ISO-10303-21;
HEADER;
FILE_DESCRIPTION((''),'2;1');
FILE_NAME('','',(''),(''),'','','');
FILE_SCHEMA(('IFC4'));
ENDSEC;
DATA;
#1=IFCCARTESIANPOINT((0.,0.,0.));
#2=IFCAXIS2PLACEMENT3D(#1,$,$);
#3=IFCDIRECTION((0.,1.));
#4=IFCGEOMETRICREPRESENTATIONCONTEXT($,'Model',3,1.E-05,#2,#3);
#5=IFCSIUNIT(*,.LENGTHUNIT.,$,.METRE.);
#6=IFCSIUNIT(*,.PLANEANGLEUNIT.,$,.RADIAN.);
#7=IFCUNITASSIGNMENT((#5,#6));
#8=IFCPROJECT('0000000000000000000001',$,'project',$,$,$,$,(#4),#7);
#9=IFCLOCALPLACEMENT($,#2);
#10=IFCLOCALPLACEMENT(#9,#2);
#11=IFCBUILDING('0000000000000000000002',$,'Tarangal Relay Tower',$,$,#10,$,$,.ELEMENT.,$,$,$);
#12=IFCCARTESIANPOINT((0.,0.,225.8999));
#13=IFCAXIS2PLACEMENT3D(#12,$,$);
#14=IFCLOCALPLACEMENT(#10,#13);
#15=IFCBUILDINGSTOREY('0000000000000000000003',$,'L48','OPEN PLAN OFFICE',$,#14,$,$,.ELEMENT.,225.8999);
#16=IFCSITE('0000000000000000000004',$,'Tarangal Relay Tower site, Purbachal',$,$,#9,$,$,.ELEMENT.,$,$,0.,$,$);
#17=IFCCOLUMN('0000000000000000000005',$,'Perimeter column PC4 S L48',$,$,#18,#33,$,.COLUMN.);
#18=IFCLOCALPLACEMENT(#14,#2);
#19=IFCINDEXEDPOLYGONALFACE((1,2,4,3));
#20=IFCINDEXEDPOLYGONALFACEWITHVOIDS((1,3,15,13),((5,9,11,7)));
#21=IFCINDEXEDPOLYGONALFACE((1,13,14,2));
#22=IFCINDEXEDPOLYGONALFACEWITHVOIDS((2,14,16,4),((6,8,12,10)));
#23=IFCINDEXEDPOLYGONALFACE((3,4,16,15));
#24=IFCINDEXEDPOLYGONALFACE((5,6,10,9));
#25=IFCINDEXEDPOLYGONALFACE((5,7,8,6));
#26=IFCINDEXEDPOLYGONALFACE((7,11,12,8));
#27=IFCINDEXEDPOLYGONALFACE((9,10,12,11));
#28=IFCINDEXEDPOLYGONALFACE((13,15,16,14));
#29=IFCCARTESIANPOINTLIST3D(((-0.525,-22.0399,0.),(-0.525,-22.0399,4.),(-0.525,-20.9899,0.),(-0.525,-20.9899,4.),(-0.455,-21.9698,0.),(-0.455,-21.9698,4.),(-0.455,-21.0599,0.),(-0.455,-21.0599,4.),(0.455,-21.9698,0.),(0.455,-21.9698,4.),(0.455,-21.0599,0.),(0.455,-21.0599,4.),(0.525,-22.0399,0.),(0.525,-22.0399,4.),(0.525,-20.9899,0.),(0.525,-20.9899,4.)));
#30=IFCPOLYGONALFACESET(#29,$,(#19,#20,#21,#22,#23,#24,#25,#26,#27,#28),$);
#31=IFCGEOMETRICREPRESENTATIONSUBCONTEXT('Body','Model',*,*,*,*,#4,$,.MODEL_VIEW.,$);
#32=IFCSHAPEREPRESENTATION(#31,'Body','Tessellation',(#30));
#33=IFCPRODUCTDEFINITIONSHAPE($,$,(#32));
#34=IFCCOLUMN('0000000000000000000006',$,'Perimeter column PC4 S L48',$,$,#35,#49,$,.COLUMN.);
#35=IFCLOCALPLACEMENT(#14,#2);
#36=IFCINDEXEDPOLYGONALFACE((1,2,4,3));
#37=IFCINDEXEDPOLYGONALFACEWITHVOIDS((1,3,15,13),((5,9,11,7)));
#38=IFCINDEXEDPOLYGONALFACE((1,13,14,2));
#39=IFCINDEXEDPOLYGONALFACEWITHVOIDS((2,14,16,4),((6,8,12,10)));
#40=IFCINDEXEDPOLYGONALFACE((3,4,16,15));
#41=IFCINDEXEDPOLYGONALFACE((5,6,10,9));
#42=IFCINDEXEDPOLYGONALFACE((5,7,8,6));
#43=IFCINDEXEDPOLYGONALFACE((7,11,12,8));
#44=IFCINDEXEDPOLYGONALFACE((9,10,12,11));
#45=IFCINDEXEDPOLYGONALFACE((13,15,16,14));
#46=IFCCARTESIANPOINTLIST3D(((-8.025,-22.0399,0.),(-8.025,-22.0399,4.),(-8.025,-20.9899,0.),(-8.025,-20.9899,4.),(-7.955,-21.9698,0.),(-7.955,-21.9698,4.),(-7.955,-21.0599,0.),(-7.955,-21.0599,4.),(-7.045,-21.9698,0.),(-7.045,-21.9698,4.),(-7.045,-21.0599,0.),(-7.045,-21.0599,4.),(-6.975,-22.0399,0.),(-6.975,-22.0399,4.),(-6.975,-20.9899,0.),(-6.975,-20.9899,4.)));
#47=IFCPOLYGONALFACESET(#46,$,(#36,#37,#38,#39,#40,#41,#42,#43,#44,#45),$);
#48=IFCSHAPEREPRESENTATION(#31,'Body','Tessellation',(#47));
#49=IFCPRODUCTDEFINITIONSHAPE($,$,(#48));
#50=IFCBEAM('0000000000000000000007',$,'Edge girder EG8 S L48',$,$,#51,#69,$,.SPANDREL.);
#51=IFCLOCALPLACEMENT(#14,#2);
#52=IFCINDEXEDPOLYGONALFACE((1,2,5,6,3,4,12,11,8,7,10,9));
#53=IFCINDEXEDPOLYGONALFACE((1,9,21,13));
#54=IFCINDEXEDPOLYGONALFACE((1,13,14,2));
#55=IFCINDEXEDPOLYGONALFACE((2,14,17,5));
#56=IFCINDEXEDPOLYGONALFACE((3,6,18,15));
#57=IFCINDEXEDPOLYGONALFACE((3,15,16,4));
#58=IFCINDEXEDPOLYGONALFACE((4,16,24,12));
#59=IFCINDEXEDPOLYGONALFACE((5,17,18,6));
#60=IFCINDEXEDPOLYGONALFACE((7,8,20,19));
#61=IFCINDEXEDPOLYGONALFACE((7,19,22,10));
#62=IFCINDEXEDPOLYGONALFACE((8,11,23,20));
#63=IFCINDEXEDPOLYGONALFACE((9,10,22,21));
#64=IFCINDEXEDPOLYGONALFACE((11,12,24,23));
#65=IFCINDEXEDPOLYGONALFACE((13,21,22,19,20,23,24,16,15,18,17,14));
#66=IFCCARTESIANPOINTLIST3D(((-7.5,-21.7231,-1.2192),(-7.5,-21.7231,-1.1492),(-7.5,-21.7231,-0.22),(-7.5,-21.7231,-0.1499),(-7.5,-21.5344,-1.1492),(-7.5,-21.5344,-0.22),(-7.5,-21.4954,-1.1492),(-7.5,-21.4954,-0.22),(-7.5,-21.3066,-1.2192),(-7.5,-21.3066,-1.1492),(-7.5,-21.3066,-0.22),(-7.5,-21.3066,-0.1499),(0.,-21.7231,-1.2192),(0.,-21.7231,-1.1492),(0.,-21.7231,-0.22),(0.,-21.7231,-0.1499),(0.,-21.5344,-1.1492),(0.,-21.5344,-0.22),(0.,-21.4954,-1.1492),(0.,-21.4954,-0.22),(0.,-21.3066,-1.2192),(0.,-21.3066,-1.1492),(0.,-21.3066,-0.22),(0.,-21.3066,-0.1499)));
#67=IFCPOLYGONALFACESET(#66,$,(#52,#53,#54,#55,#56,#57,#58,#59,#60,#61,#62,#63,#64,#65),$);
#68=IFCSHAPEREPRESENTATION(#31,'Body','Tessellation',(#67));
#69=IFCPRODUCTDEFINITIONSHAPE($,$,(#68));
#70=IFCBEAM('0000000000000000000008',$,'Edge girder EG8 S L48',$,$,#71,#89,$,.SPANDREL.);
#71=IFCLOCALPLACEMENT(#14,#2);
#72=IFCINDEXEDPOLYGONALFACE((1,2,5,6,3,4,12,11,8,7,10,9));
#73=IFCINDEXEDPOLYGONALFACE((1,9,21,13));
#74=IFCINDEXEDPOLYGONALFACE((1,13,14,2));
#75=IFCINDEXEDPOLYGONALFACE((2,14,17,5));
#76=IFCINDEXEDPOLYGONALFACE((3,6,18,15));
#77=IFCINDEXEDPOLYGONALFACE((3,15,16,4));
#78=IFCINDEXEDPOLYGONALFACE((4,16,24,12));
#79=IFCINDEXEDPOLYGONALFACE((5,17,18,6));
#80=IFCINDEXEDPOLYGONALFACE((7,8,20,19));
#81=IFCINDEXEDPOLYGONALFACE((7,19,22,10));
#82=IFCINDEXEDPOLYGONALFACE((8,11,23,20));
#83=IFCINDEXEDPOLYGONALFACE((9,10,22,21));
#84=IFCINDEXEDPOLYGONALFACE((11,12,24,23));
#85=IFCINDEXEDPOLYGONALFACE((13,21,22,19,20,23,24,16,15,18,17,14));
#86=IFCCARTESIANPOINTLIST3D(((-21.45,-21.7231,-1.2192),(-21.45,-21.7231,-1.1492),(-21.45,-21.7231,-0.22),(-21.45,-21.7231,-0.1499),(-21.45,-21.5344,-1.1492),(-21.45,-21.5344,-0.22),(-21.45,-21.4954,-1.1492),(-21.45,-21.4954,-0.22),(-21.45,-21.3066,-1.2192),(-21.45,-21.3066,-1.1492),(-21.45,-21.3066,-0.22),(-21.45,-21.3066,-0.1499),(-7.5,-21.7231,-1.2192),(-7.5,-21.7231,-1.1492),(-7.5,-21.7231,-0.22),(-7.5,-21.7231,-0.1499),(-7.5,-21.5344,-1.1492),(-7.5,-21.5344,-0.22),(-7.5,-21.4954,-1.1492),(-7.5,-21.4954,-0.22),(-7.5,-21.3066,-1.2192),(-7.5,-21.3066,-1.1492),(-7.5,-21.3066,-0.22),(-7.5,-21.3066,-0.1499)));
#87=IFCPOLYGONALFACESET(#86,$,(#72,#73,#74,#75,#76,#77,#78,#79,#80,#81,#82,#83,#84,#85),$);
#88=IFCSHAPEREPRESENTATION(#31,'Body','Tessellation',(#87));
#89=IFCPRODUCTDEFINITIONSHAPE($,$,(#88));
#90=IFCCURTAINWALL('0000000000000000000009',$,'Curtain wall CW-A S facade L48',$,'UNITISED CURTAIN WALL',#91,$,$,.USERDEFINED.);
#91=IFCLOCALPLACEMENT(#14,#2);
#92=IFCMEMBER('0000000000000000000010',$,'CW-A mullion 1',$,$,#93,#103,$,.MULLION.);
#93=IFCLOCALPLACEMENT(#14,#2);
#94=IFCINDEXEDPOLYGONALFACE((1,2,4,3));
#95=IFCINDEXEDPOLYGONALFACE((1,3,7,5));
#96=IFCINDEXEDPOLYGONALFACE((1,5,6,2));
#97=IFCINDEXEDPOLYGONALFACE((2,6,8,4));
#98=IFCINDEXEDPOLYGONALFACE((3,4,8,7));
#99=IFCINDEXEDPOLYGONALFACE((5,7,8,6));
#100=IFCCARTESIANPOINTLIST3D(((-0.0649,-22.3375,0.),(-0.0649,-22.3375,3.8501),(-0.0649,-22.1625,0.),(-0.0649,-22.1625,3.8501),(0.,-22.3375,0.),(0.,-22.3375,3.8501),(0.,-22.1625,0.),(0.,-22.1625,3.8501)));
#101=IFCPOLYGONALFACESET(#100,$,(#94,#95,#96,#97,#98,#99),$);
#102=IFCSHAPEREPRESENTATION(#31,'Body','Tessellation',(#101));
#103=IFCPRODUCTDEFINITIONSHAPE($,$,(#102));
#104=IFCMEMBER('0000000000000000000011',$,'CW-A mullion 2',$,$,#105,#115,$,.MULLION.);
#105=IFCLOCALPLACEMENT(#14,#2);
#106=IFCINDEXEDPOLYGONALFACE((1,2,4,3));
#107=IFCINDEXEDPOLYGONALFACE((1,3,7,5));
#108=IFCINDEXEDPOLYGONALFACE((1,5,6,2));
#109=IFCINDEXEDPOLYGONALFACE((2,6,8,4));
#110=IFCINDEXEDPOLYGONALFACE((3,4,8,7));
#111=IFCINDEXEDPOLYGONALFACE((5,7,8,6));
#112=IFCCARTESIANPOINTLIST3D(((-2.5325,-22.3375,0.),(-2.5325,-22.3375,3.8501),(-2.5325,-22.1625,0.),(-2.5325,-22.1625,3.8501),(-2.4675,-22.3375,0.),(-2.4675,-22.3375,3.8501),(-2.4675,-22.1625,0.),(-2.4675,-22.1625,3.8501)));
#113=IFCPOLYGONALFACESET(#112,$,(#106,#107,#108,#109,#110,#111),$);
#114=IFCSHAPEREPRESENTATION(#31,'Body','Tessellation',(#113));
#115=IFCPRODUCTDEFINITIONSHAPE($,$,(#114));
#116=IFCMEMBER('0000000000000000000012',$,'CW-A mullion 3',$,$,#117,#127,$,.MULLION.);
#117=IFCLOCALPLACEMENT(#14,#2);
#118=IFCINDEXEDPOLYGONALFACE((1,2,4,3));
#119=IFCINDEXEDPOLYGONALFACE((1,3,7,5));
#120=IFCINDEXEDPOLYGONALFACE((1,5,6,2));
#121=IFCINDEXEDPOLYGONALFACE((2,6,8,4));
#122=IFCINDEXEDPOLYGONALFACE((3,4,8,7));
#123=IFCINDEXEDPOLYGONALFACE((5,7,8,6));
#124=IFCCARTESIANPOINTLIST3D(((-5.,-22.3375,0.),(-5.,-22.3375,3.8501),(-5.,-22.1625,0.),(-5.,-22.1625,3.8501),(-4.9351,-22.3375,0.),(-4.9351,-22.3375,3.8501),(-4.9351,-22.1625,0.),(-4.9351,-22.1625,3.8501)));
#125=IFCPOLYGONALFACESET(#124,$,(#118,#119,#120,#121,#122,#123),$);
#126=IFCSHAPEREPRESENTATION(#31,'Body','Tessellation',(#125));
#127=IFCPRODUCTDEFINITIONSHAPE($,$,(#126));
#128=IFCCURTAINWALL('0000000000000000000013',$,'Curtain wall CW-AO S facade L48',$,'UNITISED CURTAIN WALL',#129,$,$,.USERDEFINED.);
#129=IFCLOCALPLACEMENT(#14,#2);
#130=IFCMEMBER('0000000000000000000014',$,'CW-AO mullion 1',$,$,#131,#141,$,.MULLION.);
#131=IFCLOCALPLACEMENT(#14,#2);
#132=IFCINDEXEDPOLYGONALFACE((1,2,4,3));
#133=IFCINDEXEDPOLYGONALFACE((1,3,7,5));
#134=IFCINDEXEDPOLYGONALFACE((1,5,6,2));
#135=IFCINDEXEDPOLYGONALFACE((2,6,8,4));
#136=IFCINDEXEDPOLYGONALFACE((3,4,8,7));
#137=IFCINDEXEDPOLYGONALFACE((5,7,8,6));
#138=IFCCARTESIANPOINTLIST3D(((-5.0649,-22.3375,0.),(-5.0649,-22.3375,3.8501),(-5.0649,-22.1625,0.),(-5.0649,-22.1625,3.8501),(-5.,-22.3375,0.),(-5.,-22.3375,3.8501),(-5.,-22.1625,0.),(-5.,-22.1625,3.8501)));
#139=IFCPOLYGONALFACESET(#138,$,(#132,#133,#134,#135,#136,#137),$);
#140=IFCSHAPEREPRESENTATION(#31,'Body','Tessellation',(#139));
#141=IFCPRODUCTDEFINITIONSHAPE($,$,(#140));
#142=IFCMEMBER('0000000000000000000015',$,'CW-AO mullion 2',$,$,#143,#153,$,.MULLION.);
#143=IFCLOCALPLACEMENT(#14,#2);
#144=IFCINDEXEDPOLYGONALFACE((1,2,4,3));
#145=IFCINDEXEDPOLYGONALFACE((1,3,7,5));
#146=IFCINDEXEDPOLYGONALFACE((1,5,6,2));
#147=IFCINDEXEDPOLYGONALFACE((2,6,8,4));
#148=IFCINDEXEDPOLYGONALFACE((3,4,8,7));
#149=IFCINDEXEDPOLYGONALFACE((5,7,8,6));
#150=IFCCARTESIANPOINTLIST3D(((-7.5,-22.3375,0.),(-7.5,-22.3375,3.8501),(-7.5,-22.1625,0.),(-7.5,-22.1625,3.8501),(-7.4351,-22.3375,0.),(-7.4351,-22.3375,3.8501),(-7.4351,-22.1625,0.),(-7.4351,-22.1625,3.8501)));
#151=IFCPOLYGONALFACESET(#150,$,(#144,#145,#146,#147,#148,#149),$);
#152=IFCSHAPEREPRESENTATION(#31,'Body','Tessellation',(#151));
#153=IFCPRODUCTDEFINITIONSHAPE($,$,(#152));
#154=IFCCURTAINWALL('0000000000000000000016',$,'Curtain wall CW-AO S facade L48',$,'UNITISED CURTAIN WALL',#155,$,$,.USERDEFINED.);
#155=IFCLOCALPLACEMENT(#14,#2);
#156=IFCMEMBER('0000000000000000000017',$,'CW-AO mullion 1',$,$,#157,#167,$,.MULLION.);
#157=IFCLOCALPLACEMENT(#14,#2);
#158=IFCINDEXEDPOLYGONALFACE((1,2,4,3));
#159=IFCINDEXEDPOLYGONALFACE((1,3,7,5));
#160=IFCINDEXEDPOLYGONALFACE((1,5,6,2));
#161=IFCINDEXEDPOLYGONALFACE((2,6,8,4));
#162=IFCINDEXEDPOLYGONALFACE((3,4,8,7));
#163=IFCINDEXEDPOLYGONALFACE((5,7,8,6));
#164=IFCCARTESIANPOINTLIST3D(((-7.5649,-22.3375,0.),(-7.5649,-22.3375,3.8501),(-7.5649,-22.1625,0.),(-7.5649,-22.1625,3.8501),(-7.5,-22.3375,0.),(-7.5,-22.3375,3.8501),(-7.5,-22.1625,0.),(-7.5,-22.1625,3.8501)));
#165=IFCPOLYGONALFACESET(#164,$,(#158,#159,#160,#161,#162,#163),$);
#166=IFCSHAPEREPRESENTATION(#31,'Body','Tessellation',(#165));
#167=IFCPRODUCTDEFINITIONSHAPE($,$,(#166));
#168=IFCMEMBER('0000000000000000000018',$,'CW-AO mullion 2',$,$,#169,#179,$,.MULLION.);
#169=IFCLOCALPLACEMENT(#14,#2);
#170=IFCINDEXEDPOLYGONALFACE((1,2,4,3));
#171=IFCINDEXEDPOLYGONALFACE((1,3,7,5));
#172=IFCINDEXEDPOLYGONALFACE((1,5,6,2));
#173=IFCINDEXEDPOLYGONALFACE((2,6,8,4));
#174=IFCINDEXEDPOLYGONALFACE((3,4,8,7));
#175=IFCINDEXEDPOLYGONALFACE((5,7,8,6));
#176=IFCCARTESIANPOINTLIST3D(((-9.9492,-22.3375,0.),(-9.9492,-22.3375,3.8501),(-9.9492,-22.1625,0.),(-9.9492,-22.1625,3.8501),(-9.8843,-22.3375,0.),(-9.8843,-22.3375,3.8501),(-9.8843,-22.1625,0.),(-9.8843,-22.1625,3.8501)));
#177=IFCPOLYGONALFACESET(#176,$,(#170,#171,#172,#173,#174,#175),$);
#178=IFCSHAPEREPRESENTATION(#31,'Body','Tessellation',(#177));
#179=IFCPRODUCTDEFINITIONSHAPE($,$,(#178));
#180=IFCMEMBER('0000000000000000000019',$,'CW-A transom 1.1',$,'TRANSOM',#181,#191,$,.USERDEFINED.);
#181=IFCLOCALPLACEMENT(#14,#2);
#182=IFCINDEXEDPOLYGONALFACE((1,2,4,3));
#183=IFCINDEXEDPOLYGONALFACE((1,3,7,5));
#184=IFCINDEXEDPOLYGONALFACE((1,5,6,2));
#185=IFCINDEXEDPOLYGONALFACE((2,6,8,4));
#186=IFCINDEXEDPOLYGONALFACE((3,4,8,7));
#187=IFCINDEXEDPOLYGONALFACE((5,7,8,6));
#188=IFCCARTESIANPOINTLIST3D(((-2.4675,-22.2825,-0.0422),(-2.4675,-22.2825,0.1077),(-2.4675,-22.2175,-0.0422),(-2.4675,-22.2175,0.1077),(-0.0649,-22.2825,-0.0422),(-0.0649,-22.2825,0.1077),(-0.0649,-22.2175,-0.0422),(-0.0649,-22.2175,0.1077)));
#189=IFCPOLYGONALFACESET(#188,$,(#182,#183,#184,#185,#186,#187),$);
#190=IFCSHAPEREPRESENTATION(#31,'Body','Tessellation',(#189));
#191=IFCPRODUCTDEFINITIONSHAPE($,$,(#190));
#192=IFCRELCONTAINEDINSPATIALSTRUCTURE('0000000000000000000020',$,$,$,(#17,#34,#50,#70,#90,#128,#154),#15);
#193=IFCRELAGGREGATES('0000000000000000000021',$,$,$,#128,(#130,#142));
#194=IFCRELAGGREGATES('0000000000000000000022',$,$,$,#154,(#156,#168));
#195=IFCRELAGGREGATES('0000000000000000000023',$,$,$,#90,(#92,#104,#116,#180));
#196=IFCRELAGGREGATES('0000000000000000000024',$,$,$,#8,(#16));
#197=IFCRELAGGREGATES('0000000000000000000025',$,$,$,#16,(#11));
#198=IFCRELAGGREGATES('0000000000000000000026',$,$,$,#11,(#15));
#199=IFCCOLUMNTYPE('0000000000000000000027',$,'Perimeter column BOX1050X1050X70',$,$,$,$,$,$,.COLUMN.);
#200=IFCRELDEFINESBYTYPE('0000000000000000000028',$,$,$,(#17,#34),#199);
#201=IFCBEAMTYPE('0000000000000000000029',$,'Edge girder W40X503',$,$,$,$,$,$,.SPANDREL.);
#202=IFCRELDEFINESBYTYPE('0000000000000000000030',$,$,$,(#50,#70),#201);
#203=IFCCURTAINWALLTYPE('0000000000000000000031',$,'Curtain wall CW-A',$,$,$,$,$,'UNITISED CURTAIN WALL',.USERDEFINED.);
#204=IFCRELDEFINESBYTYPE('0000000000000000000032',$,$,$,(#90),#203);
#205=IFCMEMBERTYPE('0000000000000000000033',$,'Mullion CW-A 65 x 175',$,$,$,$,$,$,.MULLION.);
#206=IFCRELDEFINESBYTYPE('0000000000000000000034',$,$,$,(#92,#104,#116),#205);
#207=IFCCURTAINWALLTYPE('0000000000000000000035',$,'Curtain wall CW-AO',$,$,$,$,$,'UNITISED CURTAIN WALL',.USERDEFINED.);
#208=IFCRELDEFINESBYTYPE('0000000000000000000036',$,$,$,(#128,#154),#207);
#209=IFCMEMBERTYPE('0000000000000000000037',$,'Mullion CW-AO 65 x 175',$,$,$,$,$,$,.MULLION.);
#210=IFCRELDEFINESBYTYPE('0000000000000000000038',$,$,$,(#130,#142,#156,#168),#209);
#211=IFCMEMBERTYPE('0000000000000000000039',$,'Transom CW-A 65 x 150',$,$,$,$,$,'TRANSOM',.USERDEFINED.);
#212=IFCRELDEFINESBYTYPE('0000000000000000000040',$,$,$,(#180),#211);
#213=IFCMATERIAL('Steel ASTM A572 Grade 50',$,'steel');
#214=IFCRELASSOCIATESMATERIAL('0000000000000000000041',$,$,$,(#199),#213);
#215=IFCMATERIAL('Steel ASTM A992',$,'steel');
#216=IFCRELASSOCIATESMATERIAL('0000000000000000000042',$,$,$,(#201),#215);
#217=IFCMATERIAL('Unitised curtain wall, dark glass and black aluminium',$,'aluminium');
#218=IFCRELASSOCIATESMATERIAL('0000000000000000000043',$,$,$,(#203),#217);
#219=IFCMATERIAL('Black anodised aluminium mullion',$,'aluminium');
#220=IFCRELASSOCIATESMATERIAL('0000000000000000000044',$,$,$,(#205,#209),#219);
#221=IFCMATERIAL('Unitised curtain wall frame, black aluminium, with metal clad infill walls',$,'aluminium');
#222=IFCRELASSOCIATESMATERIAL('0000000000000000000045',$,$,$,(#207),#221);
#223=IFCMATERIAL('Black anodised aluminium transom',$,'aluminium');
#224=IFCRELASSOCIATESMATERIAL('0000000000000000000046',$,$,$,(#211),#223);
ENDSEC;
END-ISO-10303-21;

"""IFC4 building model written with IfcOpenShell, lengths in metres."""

from ifc_helpers import new_model, si_unit, direction, frame, origin, origin_2d, place, context, subcontext, project, spatial, rectangle, hollow_rectangle, i_section, extrude, material, material_profile, profile_set, type_object, element, aggregate, save


model = new_model("IFC4")

# Units and contexts
model_context = context("Model", 3, precision=1e-05, world=origin(), true_north=direction((0.0, 1.0)))
body_context = subcontext(model_context, "Body", "Model", "MODEL_VIEW")
ifc_project = project(units=[si_unit("LENGTHUNIT", "METRE"), si_unit("PLANEANGLEUNIT", "RADIAN")], contexts=[model_context])

# Site, building, storey
site_placement = place(None, origin())
site = spatial("IfcSite", under=ifc_project, at=site_placement, Name="Tarangal Relay Tower site, Purbachal", CompositionType="ELEMENT", RefElevation=0.0)
building_placement = place(site_placement, origin())
building = spatial("IfcBuilding", under=site, at=building_placement, Name="Tarangal Relay Tower", CompositionType="ELEMENT")
storey_placement = place(building_placement, frame((0.0, 0.0, 225.8999)))
storey = spatial("IfcBuildingStorey", under=building, at=storey_placement, Name="L48", Description="OPEN PLAN OFFICE", CompositionType="ELEMENT", Elevation=225.8999)

# Columns
ifc_material_1 = material(Name="Steel ASTM A572 Grade 50", Category="steel")
ifc_material_profile_1 = material_profile(ifc_material_1, hollow_rectangle(XDim=1.05, YDim=1.05, WallThickness=0.0701, at=origin_2d()), Name="BOX1050X1050X70")
ifc_profile_set_1 = profile_set([ifc_material_profile_1], Name="Steel ASTM A572 Grade 50")
column_type = type_object("IfcColumnType", Name="Perimeter column BOX1050X1050X70", PredefinedType="COLUMN", material=ifc_profile_set_1)
for number, where, z_axis, x_axis, name in (
    (1, (0.0, -21.5149, 0.0), (0.0, 0.0, 1.0), (1.0, 0.0, 0.0), "Perimeter column PC4 S L48"),
    (2, (-7.5, -21.5149, 0.0), (0.0, 0.0, 1.0), (1.0, 0.0, 0.0), "Perimeter column PC4 S L48"),
):
    element("IfcColumn", number, at=place(storey_placement, frame(where, z_axis=z_axis, x_axis=x_axis)), inside=storey, type_object=column_type, Name=name, PredefinedType="COLUMN", context=body_context, shape_type="SweptSolid", body=[
        extrude(hollow_rectangle(XDim=1.05, YDim=1.05, WallThickness=0.0701, at=origin_2d()), origin(), (0.0, 0.0, 1.0), 4.0),
    ])

# Beams
ifc_material_2 = material(Name="Steel ASTM A992", Category="steel")
ifc_material_profile_2 = material_profile(ifc_material_2, i_section(OverallWidth=0.4165, OverallDepth=1.0693, WebThickness=0.0391, FlangeThickness=0.0701, at=origin_2d()), Name="W40X503")
ifc_profile_set_2 = profile_set([ifc_material_profile_2], Name="Steel ASTM A992")
beam_type = type_object("IfcBeamType", Name="Edge girder W40X503", PredefinedType="SPANDREL", material=ifc_profile_set_2)
beam_1_placement = place(storey_placement, frame((0.0, -21.5149, -0.6846), z_axis=(-1.0, 0.0, 0.0), x_axis=(0.0, -1.0, 0.0)))
element("IfcBeam", 3, at=beam_1_placement, inside=storey, type_object=beam_type, Name="Edge girder EG8 S L48", PredefinedType="SPANDREL", context=body_context, shape_type="SweptSolid", body=[
    extrude(i_section(OverallWidth=0.4165, OverallDepth=1.0693, WebThickness=0.0391, FlangeThickness=0.0701, at=origin_2d()), origin(), (0.0, 0.0, 1.0), 7.5),
])
beam_2_placement = place(storey_placement, frame((-7.5, -21.5149, -0.6846), z_axis=(-1.0, 0.0, 0.0), x_axis=(0.0, -1.0, 0.0)))
element("IfcBeam", 4, at=beam_2_placement, inside=storey, type_object=beam_type, Name="Edge girder EG8 S L48", PredefinedType="SPANDREL", context=body_context, shape_type="SweptSolid", body=[
    extrude(i_section(OverallWidth=0.4165, OverallDepth=1.0693, WebThickness=0.0391, FlangeThickness=0.0701, at=origin_2d()), origin(), (0.0, 0.0, 1.0), 13.95),
])

# Curtain walls, members
ifc_material_3 = material(Name="Unitised curtain wall, dark glass and black aluminium", Category="aluminium")
curtain_wall_type_1 = type_object("IfcCurtainWallType", Name="Curtain wall CW-A", ElementType="UNITISED CURTAIN WALL", PredefinedType="USERDEFINED", material=ifc_material_3)
curtain_wall_1_placement = place(storey_placement, origin())
curtain_wall_1 = element("IfcCurtainWall", 5, at=curtain_wall_1_placement, inside=storey, type_object=curtain_wall_type_1, Name="Curtain wall CW-A S facade L48", ObjectType="UNITISED CURTAIN WALL", PredefinedType="USERDEFINED")
ifc_material_4 = material(Name="Black anodised aluminium mullion", Category="aluminium")
ifc_material_profile_3 = material_profile(ifc_material_4, rectangle(XDim=0.175, YDim=0.0649, at=origin_2d()), Name="CW-AM 65X175")
ifc_profile_set_3 = profile_set([ifc_material_profile_3], Name="Black anodised aluminium mullion")
member_type_1 = type_object("IfcMemberType", Name="Mullion CW-A 65 x 175", PredefinedType="MULLION", material=ifc_profile_set_3)
member_1_placement = place(storey_placement, frame((-0.0325, -22.25, 0.0), z_axis=(0.0, 0.0, 1.0), x_axis=(0.0, -1.0, 0.0)))
member_1 = element("IfcMember", 6, at=member_1_placement, type_object=member_type_1, Name="CW-A mullion 1", PredefinedType="MULLION", context=body_context, shape_type="SweptSolid", body=[
    extrude(rectangle(XDim=0.175, YDim=0.0649, at=origin_2d()), origin(), (0.0, 0.0, 1.0), 3.8501),
])
member_2_placement = place(storey_placement, frame((-2.5, -22.25, 0.0), z_axis=(0.0, 0.0, 1.0), x_axis=(0.0, -1.0, 0.0)))
member_2 = element("IfcMember", 7, at=member_2_placement, type_object=member_type_1, Name="CW-A mullion 2", PredefinedType="MULLION", context=body_context, shape_type="SweptSolid", body=[
    extrude(rectangle(XDim=0.175, YDim=0.0649, at=origin_2d()), origin(), (0.0, 0.0, 1.0), 3.8501),
])
member_3_placement = place(storey_placement, frame((-4.9675, -22.25, 0.0), z_axis=(0.0, 0.0, 1.0), x_axis=(0.0, -1.0, 0.0)))
member_3 = element("IfcMember", 8, at=member_3_placement, type_object=member_type_1, Name="CW-A mullion 3", PredefinedType="MULLION", context=body_context, shape_type="SweptSolid", body=[
    extrude(rectangle(XDim=0.175, YDim=0.0649, at=origin_2d()), origin(), (0.0, 0.0, 1.0), 3.8501),
])
ifc_material_5 = material(Name="Unitised curtain wall frame, black aluminium, with metal clad infill walls", Category="aluminium")
curtain_wall_type_2 = type_object("IfcCurtainWallType", Name="Curtain wall CW-AO", ElementType="UNITISED CURTAIN WALL", PredefinedType="USERDEFINED", material=ifc_material_5)
curtain_wall_2_placement = place(storey_placement, origin())
curtain_wall_2 = element("IfcCurtainWall", 9, at=curtain_wall_2_placement, inside=storey, type_object=curtain_wall_type_2, Name="Curtain wall CW-AO S facade L48", ObjectType="UNITISED CURTAIN WALL", PredefinedType="USERDEFINED")
ifc_material_profile_4 = material_profile(ifc_material_4, rectangle(XDim=0.175, YDim=0.0649, at=origin_2d()), Name="CW-AOM 65X175")
ifc_profile_set_4 = profile_set([ifc_material_profile_4], Name="Black anodised aluminium mullion")
member_type_2 = type_object("IfcMemberType", Name="Mullion CW-AO 65 x 175", PredefinedType="MULLION", material=ifc_profile_set_4)
member_4_placement = place(storey_placement, frame((-5.0325, -22.25, 0.0), z_axis=(0.0, 0.0, 1.0), x_axis=(0.0, -1.0, 0.0)))
member_4 = element("IfcMember", 10, at=member_4_placement, type_object=member_type_2, Name="CW-AO mullion 1", PredefinedType="MULLION", context=body_context, shape_type="SweptSolid", body=[
    extrude(rectangle(XDim=0.175, YDim=0.0649, at=origin_2d()), origin(), (0.0, 0.0, 1.0), 3.8501),
])
member_5_placement = place(storey_placement, frame((-7.4675, -22.25, 0.0), z_axis=(0.0, 0.0, 1.0), x_axis=(0.0, -1.0, 0.0)))
member_5 = element("IfcMember", 11, at=member_5_placement, type_object=member_type_2, Name="CW-AO mullion 2", PredefinedType="MULLION", context=body_context, shape_type="SweptSolid", body=[
    extrude(rectangle(XDim=0.175, YDim=0.0649, at=origin_2d()), origin(), (0.0, 0.0, 1.0), 3.8501),
])
curtain_wall_3_placement = place(storey_placement, origin())
curtain_wall_3 = element("IfcCurtainWall", 12, at=curtain_wall_3_placement, inside=storey, type_object=curtain_wall_type_2, Name="Curtain wall CW-AO S facade L48", ObjectType="UNITISED CURTAIN WALL", PredefinedType="USERDEFINED")
member_6_placement = place(storey_placement, frame((-7.5325, -22.25, 0.0), z_axis=(0.0, 0.0, 1.0), x_axis=(0.0, -1.0, 0.0)))
member_6 = element("IfcMember", 13, at=member_6_placement, type_object=member_type_2, Name="CW-AO mullion 1", PredefinedType="MULLION", context=body_context, shape_type="SweptSolid", body=[
    extrude(rectangle(XDim=0.175, YDim=0.0649, at=origin_2d()), origin(), (0.0, 0.0, 1.0), 3.8501),
])
member_7_placement = place(storey_placement, frame((-9.9167, -22.25, 0.0), z_axis=(0.0, 0.0, 1.0), x_axis=(0.0, -1.0, 0.0)))
member_7 = element("IfcMember", 14, at=member_7_placement, type_object=member_type_2, Name="CW-AO mullion 2", PredefinedType="MULLION", context=body_context, shape_type="SweptSolid", body=[
    extrude(rectangle(XDim=0.175, YDim=0.0649, at=origin_2d()), origin(), (0.0, 0.0, 1.0), 3.8501),
])

# Member
ifc_material_6 = material(Name="Black anodised aluminium transom", Category="aluminium")
ifc_material_profile_5 = material_profile(ifc_material_6, rectangle(XDim=0.0649, YDim=0.1499, at=origin_2d()), Name="CW-AT 65X150")
ifc_profile_set_5 = profile_set([ifc_material_profile_5], Name="Black anodised aluminium transom")
member_type_3 = type_object("IfcMemberType", Name="Transom CW-A 65 x 150", ElementType="TRANSOM", PredefinedType="USERDEFINED", material=ifc_profile_set_5)
member_8_placement = place(storey_placement, frame((-0.0649, -22.25, 0.0327), z_axis=(-1.0, 0.0, 0.0), x_axis=(0.0, -1.0, 0.0)))
member_8 = element("IfcMember", 15, at=member_8_placement, type_object=member_type_3, Name="CW-A transom 1.1", ObjectType="TRANSOM", PredefinedType="USERDEFINED", context=body_context, shape_type="SweptSolid", body=[
    extrude(rectangle(XDim=0.0649, YDim=0.1499, at=origin_2d()), origin(), (0.0, 0.0, 1.0), 2.4026),
])
aggregate(curtain_wall_2, [member_4, member_5])
aggregate(curtain_wall_3, [member_6, member_7])

aggregate(curtain_wall_1, [member_1, member_2, member_3, member_8])

save(model, "model.ifc")
